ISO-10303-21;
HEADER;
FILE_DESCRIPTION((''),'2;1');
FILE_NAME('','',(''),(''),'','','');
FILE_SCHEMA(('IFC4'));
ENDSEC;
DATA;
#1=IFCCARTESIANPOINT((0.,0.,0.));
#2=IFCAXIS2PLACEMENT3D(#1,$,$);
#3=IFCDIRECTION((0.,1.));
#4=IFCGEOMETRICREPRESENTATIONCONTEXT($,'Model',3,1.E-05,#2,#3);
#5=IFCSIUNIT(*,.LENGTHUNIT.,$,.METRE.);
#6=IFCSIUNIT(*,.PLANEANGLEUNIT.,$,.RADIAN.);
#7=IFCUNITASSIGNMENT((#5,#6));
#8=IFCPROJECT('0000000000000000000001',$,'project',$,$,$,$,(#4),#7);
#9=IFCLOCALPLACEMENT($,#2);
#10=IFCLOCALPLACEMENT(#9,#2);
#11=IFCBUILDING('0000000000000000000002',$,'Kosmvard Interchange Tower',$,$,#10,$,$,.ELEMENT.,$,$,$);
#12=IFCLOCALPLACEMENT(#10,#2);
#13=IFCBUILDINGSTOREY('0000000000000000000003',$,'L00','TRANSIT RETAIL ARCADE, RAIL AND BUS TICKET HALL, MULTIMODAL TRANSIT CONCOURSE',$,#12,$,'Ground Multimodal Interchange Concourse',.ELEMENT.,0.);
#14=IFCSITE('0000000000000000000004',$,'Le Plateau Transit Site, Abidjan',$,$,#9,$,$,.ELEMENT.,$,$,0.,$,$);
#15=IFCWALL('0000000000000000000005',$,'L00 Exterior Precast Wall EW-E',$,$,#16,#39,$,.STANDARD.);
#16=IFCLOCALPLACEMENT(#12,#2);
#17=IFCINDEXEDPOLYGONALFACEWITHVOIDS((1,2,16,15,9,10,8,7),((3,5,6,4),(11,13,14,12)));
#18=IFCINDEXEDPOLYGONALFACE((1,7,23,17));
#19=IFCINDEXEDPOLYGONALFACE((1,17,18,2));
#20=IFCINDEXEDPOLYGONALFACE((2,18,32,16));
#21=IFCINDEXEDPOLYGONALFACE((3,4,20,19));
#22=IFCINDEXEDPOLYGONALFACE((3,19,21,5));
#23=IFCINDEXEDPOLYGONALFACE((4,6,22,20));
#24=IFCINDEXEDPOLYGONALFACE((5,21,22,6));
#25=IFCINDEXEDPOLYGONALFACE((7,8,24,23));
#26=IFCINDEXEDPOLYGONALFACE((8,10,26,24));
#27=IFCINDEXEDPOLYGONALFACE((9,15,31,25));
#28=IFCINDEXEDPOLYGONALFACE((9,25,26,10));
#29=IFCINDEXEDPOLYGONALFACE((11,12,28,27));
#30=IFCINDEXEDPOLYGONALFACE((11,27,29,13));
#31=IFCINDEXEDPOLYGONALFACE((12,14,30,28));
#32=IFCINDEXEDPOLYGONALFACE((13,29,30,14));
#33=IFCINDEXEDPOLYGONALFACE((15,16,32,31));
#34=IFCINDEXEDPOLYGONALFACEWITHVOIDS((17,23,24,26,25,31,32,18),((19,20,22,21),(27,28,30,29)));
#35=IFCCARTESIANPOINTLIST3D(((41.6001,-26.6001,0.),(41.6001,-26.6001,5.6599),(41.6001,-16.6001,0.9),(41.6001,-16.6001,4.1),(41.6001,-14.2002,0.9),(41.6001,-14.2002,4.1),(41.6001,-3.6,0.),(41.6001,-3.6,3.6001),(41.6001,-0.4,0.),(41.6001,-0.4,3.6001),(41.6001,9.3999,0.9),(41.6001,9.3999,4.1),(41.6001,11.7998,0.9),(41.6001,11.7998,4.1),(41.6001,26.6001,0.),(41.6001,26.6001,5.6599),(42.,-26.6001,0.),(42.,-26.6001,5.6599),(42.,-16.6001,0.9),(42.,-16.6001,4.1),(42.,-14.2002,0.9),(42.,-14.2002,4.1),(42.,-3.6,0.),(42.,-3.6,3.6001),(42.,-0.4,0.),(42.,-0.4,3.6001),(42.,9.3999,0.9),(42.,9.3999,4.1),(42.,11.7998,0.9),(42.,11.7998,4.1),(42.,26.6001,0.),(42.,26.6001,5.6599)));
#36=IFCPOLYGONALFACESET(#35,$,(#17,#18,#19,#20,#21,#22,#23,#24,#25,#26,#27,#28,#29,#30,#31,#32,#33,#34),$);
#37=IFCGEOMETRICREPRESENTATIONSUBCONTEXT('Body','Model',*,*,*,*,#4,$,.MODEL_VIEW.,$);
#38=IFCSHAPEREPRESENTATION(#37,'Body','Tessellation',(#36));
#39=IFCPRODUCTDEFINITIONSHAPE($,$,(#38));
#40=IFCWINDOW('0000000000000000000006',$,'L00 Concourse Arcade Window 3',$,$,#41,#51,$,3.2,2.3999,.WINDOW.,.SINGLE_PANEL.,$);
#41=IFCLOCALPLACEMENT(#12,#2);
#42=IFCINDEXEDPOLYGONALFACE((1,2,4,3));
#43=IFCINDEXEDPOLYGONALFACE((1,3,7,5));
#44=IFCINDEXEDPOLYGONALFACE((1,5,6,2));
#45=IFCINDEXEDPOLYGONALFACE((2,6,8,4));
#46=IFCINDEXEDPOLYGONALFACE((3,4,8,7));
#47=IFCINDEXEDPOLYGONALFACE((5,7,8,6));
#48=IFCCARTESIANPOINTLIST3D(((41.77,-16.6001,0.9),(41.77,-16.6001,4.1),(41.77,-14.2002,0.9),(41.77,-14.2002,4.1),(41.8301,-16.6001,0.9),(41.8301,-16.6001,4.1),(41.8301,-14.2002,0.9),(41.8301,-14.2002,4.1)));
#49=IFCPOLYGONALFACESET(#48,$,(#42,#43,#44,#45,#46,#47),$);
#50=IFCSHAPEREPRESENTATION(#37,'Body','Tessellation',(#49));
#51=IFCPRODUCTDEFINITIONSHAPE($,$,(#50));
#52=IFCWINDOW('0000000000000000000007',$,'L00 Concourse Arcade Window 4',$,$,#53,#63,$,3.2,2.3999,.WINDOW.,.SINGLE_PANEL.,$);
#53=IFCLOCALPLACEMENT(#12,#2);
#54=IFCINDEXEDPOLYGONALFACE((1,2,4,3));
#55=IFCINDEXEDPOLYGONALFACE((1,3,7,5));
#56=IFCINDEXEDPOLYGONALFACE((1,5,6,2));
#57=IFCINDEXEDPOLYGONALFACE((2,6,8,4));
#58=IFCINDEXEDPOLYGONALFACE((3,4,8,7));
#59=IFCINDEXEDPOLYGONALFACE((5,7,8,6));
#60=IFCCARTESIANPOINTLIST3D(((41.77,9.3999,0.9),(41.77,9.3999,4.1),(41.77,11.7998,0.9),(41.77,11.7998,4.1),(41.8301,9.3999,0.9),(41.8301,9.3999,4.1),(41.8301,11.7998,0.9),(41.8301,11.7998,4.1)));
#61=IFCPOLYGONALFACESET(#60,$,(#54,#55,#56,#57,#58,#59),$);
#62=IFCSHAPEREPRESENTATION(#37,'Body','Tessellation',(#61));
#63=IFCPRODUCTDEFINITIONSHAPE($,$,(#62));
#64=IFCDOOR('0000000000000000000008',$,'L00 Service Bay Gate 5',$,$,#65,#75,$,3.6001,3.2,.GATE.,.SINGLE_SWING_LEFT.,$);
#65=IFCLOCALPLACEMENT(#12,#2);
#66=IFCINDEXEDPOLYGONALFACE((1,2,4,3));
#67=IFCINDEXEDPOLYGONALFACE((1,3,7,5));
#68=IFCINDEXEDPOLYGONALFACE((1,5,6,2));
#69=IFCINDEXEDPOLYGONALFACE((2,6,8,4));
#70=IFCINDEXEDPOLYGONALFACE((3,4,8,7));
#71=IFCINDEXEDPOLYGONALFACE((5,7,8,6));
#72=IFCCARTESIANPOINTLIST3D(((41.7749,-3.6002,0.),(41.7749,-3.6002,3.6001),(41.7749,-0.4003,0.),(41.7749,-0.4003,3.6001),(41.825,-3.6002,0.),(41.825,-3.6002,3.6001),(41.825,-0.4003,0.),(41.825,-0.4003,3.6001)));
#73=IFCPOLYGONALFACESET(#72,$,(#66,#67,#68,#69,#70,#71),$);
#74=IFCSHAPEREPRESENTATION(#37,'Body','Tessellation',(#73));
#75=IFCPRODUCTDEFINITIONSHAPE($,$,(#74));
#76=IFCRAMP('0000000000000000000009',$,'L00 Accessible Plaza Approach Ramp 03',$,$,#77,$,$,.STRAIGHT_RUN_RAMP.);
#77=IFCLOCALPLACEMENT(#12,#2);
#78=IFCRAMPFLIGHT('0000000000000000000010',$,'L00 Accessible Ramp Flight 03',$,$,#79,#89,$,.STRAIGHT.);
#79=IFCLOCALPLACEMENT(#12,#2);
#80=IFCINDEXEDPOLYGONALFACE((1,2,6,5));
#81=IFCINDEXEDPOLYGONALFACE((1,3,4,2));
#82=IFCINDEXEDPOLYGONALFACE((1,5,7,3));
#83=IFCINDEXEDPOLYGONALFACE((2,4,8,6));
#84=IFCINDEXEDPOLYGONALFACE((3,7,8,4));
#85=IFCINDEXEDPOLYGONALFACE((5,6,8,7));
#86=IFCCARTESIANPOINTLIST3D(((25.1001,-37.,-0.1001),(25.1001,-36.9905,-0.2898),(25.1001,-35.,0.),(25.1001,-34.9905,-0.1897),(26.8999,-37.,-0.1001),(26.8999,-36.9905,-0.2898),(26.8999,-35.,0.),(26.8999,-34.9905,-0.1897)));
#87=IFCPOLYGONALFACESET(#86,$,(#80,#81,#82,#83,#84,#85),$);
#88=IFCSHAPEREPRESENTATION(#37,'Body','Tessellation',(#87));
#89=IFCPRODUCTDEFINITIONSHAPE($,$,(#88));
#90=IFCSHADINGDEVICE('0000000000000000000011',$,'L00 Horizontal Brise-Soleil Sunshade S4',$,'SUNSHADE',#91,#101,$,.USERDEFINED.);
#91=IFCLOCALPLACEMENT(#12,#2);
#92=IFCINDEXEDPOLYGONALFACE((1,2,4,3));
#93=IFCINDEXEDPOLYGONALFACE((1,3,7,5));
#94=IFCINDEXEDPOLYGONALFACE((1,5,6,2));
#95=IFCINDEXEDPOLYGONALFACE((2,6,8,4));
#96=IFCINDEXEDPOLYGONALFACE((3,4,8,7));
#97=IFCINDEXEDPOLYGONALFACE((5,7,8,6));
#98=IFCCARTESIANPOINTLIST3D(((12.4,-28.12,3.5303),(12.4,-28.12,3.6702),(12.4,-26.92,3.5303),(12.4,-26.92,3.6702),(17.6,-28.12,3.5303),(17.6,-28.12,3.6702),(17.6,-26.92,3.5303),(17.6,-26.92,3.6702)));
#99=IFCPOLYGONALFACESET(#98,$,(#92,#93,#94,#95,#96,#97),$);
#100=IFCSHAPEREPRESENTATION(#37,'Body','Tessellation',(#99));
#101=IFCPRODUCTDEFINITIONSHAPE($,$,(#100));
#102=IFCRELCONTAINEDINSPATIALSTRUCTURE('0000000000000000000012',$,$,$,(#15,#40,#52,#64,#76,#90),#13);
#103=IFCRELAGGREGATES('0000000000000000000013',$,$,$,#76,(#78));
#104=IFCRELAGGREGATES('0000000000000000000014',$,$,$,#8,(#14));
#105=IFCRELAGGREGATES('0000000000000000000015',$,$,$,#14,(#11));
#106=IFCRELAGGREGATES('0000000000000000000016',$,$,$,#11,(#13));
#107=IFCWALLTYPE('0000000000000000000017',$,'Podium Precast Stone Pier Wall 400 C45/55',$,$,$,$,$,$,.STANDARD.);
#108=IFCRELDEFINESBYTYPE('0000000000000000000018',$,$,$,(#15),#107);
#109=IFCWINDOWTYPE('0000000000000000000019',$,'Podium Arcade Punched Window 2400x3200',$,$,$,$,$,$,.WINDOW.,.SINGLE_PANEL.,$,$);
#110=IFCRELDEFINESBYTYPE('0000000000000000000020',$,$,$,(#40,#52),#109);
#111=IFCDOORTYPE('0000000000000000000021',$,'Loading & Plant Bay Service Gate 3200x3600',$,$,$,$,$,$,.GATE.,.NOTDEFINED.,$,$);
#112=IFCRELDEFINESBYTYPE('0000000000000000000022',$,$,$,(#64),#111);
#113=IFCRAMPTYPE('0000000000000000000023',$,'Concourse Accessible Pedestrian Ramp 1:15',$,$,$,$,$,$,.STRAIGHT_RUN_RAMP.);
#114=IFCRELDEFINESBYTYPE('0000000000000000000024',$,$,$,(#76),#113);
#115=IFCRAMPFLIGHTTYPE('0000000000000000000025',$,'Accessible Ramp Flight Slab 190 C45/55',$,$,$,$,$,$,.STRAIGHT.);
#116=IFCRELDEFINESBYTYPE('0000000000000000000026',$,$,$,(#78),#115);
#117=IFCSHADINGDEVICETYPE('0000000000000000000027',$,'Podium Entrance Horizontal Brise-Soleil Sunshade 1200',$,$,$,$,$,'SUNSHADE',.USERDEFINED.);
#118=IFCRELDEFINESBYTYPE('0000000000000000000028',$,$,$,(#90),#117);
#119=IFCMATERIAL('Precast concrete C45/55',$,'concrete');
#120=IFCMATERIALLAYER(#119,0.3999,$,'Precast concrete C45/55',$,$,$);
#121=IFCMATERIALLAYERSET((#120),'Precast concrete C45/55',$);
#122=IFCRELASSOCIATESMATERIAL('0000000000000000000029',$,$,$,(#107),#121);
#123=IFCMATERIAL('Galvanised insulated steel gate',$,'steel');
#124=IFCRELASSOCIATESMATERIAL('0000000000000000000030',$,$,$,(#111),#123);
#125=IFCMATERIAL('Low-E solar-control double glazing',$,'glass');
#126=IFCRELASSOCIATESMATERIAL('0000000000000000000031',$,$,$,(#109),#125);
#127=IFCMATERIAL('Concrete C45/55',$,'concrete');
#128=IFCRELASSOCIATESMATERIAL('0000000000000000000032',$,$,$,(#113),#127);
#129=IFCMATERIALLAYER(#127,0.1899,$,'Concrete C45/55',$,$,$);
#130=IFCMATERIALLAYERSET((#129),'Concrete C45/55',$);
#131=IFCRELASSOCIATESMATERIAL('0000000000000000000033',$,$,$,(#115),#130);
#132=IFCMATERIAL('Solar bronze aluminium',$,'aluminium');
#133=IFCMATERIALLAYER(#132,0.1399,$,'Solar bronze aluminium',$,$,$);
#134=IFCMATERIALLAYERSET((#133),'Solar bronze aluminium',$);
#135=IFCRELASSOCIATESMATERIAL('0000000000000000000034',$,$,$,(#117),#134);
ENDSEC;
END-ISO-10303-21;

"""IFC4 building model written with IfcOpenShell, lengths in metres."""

from ifc_helpers import new_model, si_unit, direction, frame, frame_2d, origin, origin_2d, place, context, subcontext, project, spatial, polyline, rectangle, outline, extrude, source, transform, mapped, material, layer, layer_set, type_object, element, fill, aggregate, save


model = new_model("IFC4")

# Units and contexts
model_context = context("Model", 3, precision=1e-05, world=origin(), true_north=direction((0.0, 1.0)))
body_context = subcontext(model_context, "Body", "Model", "MODEL_VIEW")
ifc_project = project(units=[si_unit("LENGTHUNIT", "METRE"), si_unit("PLANEANGLEUNIT", "RADIAN")], contexts=[model_context])

# Site, building, storey
site_placement = place(None, origin())
site = spatial("IfcSite", under=ifc_project, at=site_placement, Name="Le Plateau Transit Site, Abidjan", CompositionType="ELEMENT", RefElevation=0.0)
building_placement = place(site_placement, origin())
building = spatial("IfcBuilding", under=site, at=building_placement, Name="Kosmvard Interchange Tower", CompositionType="ELEMENT")
storey_placement = place(building_placement, origin())
storey = spatial("IfcBuildingStorey", under=building, at=storey_placement, Name="L00", Description="TRANSIT RETAIL ARCADE, RAIL AND BUS TICKET HALL, MULTIMODAL TRANSIT CONCOURSE", LongName="Ground Multimodal Interchange Concourse", CompositionType="ELEMENT", Elevation=0.0)

# Shared definitions
ifc_material_1 = material(Name="Low-E solar-control double glazing", Category="glass")

# Shared definitions
ifc_material_2 = material(Name="Precast concrete C45/55", Category="concrete")
ifc_layer_1 = layer(ifc_material_2, 0.3999, Name="Precast concrete C45/55")
ifc_layer_set_1 = layer_set([ifc_layer_1], Name="Precast concrete C45/55")
wall_type_1 = type_object("IfcWallType", Name="Podium Precast Stone Pier Wall 400 C45/55", PredefinedType="STANDARD", material=ifc_layer_set_1)
ifc_material_3 = material(Name="Galvanised insulated steel gate", Category="steel")
door_type = type_object("IfcDoorType", Name="Loading & Plant Bay Service Gate 3200x3600", OperationType="NOTDEFINED", PredefinedType="GATE", material=ifc_material_3)
shared_shape_1 = source(origin(), body_context, "Body", "SweptSolid", [
    extrude(rectangle(XDim=3.2, YDim=3.6001, at=frame_2d((1.6001, 1.8))), frame((0.0, 0.0249, 0.0), z_axis=(0.0, -1.0, 0.0), x_axis=(1.0, 0.0, 0.0)), (0.0, 0.0, 1.0), 0.05),
])

# Wall, openings, windows, door
wall_1_placement = place(storey_placement, frame((41.8, -26.6001, 0.0), z_axis=(0.0, 0.0, 1.0), x_axis=(0.0, 1.0, 0.0)))
wall_1 = element("IfcWall", 1, at=wall_1_placement, inside=storey, type_object=wall_type_1, Name="L00 Exterior Precast Wall EW-E", PredefinedType="STANDARD", context=body_context, shape_type="SweptSolid", body=[
    extrude(rectangle(XDim=53.2002, YDim=0.3999, at=frame_2d((26.6001, 0.0))), origin(), (0.0, 0.0, 1.0), 5.6599),
])
opening_1_placement = place(wall_1_placement, frame((10.0, 0.0, 0.8999)))
opening_1 = element("IfcOpeningElement", 2, at=opening_1_placement, cuts=wall_1, PredefinedType="OPENING", context=body_context, shape_type="SweptSolid", body=[
    extrude(rectangle(XDim=2.3999, YDim=3.2, at=frame_2d((1.2, 1.6001))), frame((0.0, 0.21, 0.0), z_axis=(0.0, -1.0, 0.0), x_axis=(1.0, 0.0, 0.0)), (0.0, 0.0, 1.0), 0.4199),
])
opening_2_placement = place(wall_1_placement, frame((36.0, 0.0, 0.8999)))
opening_2 = element("IfcOpeningElement", 3, at=opening_2_placement, cuts=wall_1, PredefinedType="OPENING", context=body_context, shape_type="SweptSolid", body=[
    extrude(rectangle(XDim=2.3999, YDim=3.2, at=frame_2d((1.2, 1.6001))), frame((0.0, 0.21, 0.0), z_axis=(0.0, -1.0, 0.0), x_axis=(1.0, 0.0, 0.0)), (0.0, 0.0, 1.0), 0.4199),
])
opening_3_placement = place(wall_1_placement, frame((23.0, 0.0, 0.0)))
opening_3 = element("IfcOpeningElement", 4, at=opening_3_placement, cuts=wall_1, PredefinedType="OPENING", context=body_context, shape_type="SweptSolid", body=[
    extrude(rectangle(XDim=3.2, YDim=3.6001, at=frame_2d((1.6001, 1.8))), frame((0.0, 0.21, 0.0), z_axis=(0.0, -1.0, 0.0), x_axis=(1.0, 0.0, 0.0)), (0.0, 0.0, 1.0), 0.4199),
])
window_type = type_object("IfcWindowType", Name="Podium Arcade Punched Window 2400x3200", PartitioningType="SINGLE_PANEL", PredefinedType="WINDOW", material=ifc_material_1)
shared_shape_2 = source(origin(), body_context, "Body", "SweptSolid", [
    extrude(rectangle(XDim=2.3999, YDim=3.2, at=frame_2d((1.2, 1.6001))), frame((0.0, 0.03, 0.0), z_axis=(0.0, -1.0, 0.0), x_axis=(1.0, 0.0, 0.0)), (0.0, 0.0, 1.0), 0.0601),
])
window_1_placement = place(opening_1_placement, origin())
window_1 = element("IfcWindow", 5, at=window_1_placement, inside=storey, type_object=window_type, Name="L00 Concourse Arcade Window 3", OverallHeight=3.2, OverallWidth=2.3999, PartitioningType="SINGLE_PANEL", PredefinedType="WINDOW", context=body_context, shape_type="MappedRepresentation", body=[
    mapped(shared_shape_2, transform((0.0, 0.0, 0.0), scale=1.0)),
])
fill(opening_1, window_1)
window_2_placement = place(opening_2_placement, origin())
window_2 = element("IfcWindow", 6, at=window_2_placement, inside=storey, type_object=window_type, Name="L00 Concourse Arcade Window 4", OverallHeight=3.2, OverallWidth=2.3999, PartitioningType="SINGLE_PANEL", PredefinedType="WINDOW", context=body_context, shape_type="MappedRepresentation", body=[
    mapped(shared_shape_2, transform((0.0, 0.0, 0.0), scale=1.0)),
])
fill(opening_2, window_2)
door_1_placement = place(opening_3_placement, frame((3.2, 0.0, 0.0), z_axis=(0.0, 0.0, 1.0), x_axis=(-1.0, 0.0, 0.0)))
door_1 = element("IfcDoor", 7, at=door_1_placement, inside=storey, type_object=door_type, Name="L00 Service Bay Gate 5", OperationType="SINGLE_SWING_LEFT", OverallHeight=3.6001, OverallWidth=3.2, PredefinedType="GATE", context=body_context, shape_type="MappedRepresentation", body=[
    mapped(shared_shape_1, transform((0.0, 0.0, 0.0), scale=1.0)),
])
fill(opening_3, door_1)

# Ramp, ramp flight
ifc_material_4 = material(Name="Concrete C45/55", Category="concrete")
ramp_type = type_object("IfcRampType", Name="Concourse Accessible Pedestrian Ramp 1:15", PredefinedType="STRAIGHT_RUN_RAMP", material=ifc_material_4)
ramp_placement = place(storey_placement, origin())
ramp = element("IfcRamp", 8, at=ramp_placement, inside=storey, type_object=ramp_type, Name="L00 Accessible Plaza Approach Ramp 03", PredefinedType="STRAIGHT_RUN_RAMP")
ifc_layer_2 = layer(ifc_material_4, 0.1899, Name="Concrete C45/55")
ifc_layer_set_2 = layer_set([ifc_layer_2], Name="Concrete C45/55")
ramp_flight_type = type_object("IfcRampFlightType", Name="Accessible Ramp Flight Slab 190 C45/55", PredefinedType="STRAIGHT", material=ifc_layer_set_2)
ramp_flight_placement = place(storey_placement, frame((25.1001, -37.0, -0.1001), z_axis=(0.0, -0.049986, 0.99875), x_axis=(1.0, 0.0, 0.0)))
ramp_flight = element("IfcRampFlight", 9, at=ramp_flight_placement, type_object=ramp_flight_type, Name="L00 Accessible Ramp Flight 03", PredefinedType="STRAIGHT", context=body_context, shape_type="SweptSolid", body=[
    extrude(outline(polyline([(0.0, 0.0), (1.7998, 0.0), (1.7998, 2.0025), (0.0, 2.0025), (0.0, 0.0)])), origin(), (0.0, 0.0, -1.0), 0.1899),
])
aggregate(ramp, [ramp_flight])

# Shading device
ifc_material_5 = material(Name="Solar bronze aluminium", Category="aluminium")
ifc_layer_3 = layer(ifc_material_5, 0.1399, Name="Solar bronze aluminium")
ifc_layer_set_3 = layer_set([ifc_layer_3], Name="Solar bronze aluminium")
shading_device_type = type_object("IfcShadingDeviceType", Name="Podium Entrance Horizontal Brise-Soleil Sunshade 1200", ElementType="SUNSHADE", PredefinedType="USERDEFINED", material=ifc_layer_set_3)
shared_shape_3 = source(origin(), body_context, "Body", "SweptSolid", [
    extrude(rectangle(XDim=5.2, YDim=1.2, at=origin_2d()), origin(), (0.0, 0.0, 1.0), 0.1399),
])
shading_device_placement = place(storey_placement, frame((15.0, -27.52, 3.5303), z_axis=(0.0, 0.0, 1.0), x_axis=(1.0, 0.0, 0.0)))
element("IfcShadingDevice", 10, at=shading_device_placement, inside=storey, type_object=shading_device_type, Name="L00 Horizontal Brise-Soleil Sunshade S4", ObjectType="SUNSHADE", PredefinedType="USERDEFINED", context=body_context, shape_type="MappedRepresentation", body=[
    mapped(shared_shape_3, transform((0.0, 0.0, 0.0), scale=1.0)),
])

save(model, "model.ifc")
